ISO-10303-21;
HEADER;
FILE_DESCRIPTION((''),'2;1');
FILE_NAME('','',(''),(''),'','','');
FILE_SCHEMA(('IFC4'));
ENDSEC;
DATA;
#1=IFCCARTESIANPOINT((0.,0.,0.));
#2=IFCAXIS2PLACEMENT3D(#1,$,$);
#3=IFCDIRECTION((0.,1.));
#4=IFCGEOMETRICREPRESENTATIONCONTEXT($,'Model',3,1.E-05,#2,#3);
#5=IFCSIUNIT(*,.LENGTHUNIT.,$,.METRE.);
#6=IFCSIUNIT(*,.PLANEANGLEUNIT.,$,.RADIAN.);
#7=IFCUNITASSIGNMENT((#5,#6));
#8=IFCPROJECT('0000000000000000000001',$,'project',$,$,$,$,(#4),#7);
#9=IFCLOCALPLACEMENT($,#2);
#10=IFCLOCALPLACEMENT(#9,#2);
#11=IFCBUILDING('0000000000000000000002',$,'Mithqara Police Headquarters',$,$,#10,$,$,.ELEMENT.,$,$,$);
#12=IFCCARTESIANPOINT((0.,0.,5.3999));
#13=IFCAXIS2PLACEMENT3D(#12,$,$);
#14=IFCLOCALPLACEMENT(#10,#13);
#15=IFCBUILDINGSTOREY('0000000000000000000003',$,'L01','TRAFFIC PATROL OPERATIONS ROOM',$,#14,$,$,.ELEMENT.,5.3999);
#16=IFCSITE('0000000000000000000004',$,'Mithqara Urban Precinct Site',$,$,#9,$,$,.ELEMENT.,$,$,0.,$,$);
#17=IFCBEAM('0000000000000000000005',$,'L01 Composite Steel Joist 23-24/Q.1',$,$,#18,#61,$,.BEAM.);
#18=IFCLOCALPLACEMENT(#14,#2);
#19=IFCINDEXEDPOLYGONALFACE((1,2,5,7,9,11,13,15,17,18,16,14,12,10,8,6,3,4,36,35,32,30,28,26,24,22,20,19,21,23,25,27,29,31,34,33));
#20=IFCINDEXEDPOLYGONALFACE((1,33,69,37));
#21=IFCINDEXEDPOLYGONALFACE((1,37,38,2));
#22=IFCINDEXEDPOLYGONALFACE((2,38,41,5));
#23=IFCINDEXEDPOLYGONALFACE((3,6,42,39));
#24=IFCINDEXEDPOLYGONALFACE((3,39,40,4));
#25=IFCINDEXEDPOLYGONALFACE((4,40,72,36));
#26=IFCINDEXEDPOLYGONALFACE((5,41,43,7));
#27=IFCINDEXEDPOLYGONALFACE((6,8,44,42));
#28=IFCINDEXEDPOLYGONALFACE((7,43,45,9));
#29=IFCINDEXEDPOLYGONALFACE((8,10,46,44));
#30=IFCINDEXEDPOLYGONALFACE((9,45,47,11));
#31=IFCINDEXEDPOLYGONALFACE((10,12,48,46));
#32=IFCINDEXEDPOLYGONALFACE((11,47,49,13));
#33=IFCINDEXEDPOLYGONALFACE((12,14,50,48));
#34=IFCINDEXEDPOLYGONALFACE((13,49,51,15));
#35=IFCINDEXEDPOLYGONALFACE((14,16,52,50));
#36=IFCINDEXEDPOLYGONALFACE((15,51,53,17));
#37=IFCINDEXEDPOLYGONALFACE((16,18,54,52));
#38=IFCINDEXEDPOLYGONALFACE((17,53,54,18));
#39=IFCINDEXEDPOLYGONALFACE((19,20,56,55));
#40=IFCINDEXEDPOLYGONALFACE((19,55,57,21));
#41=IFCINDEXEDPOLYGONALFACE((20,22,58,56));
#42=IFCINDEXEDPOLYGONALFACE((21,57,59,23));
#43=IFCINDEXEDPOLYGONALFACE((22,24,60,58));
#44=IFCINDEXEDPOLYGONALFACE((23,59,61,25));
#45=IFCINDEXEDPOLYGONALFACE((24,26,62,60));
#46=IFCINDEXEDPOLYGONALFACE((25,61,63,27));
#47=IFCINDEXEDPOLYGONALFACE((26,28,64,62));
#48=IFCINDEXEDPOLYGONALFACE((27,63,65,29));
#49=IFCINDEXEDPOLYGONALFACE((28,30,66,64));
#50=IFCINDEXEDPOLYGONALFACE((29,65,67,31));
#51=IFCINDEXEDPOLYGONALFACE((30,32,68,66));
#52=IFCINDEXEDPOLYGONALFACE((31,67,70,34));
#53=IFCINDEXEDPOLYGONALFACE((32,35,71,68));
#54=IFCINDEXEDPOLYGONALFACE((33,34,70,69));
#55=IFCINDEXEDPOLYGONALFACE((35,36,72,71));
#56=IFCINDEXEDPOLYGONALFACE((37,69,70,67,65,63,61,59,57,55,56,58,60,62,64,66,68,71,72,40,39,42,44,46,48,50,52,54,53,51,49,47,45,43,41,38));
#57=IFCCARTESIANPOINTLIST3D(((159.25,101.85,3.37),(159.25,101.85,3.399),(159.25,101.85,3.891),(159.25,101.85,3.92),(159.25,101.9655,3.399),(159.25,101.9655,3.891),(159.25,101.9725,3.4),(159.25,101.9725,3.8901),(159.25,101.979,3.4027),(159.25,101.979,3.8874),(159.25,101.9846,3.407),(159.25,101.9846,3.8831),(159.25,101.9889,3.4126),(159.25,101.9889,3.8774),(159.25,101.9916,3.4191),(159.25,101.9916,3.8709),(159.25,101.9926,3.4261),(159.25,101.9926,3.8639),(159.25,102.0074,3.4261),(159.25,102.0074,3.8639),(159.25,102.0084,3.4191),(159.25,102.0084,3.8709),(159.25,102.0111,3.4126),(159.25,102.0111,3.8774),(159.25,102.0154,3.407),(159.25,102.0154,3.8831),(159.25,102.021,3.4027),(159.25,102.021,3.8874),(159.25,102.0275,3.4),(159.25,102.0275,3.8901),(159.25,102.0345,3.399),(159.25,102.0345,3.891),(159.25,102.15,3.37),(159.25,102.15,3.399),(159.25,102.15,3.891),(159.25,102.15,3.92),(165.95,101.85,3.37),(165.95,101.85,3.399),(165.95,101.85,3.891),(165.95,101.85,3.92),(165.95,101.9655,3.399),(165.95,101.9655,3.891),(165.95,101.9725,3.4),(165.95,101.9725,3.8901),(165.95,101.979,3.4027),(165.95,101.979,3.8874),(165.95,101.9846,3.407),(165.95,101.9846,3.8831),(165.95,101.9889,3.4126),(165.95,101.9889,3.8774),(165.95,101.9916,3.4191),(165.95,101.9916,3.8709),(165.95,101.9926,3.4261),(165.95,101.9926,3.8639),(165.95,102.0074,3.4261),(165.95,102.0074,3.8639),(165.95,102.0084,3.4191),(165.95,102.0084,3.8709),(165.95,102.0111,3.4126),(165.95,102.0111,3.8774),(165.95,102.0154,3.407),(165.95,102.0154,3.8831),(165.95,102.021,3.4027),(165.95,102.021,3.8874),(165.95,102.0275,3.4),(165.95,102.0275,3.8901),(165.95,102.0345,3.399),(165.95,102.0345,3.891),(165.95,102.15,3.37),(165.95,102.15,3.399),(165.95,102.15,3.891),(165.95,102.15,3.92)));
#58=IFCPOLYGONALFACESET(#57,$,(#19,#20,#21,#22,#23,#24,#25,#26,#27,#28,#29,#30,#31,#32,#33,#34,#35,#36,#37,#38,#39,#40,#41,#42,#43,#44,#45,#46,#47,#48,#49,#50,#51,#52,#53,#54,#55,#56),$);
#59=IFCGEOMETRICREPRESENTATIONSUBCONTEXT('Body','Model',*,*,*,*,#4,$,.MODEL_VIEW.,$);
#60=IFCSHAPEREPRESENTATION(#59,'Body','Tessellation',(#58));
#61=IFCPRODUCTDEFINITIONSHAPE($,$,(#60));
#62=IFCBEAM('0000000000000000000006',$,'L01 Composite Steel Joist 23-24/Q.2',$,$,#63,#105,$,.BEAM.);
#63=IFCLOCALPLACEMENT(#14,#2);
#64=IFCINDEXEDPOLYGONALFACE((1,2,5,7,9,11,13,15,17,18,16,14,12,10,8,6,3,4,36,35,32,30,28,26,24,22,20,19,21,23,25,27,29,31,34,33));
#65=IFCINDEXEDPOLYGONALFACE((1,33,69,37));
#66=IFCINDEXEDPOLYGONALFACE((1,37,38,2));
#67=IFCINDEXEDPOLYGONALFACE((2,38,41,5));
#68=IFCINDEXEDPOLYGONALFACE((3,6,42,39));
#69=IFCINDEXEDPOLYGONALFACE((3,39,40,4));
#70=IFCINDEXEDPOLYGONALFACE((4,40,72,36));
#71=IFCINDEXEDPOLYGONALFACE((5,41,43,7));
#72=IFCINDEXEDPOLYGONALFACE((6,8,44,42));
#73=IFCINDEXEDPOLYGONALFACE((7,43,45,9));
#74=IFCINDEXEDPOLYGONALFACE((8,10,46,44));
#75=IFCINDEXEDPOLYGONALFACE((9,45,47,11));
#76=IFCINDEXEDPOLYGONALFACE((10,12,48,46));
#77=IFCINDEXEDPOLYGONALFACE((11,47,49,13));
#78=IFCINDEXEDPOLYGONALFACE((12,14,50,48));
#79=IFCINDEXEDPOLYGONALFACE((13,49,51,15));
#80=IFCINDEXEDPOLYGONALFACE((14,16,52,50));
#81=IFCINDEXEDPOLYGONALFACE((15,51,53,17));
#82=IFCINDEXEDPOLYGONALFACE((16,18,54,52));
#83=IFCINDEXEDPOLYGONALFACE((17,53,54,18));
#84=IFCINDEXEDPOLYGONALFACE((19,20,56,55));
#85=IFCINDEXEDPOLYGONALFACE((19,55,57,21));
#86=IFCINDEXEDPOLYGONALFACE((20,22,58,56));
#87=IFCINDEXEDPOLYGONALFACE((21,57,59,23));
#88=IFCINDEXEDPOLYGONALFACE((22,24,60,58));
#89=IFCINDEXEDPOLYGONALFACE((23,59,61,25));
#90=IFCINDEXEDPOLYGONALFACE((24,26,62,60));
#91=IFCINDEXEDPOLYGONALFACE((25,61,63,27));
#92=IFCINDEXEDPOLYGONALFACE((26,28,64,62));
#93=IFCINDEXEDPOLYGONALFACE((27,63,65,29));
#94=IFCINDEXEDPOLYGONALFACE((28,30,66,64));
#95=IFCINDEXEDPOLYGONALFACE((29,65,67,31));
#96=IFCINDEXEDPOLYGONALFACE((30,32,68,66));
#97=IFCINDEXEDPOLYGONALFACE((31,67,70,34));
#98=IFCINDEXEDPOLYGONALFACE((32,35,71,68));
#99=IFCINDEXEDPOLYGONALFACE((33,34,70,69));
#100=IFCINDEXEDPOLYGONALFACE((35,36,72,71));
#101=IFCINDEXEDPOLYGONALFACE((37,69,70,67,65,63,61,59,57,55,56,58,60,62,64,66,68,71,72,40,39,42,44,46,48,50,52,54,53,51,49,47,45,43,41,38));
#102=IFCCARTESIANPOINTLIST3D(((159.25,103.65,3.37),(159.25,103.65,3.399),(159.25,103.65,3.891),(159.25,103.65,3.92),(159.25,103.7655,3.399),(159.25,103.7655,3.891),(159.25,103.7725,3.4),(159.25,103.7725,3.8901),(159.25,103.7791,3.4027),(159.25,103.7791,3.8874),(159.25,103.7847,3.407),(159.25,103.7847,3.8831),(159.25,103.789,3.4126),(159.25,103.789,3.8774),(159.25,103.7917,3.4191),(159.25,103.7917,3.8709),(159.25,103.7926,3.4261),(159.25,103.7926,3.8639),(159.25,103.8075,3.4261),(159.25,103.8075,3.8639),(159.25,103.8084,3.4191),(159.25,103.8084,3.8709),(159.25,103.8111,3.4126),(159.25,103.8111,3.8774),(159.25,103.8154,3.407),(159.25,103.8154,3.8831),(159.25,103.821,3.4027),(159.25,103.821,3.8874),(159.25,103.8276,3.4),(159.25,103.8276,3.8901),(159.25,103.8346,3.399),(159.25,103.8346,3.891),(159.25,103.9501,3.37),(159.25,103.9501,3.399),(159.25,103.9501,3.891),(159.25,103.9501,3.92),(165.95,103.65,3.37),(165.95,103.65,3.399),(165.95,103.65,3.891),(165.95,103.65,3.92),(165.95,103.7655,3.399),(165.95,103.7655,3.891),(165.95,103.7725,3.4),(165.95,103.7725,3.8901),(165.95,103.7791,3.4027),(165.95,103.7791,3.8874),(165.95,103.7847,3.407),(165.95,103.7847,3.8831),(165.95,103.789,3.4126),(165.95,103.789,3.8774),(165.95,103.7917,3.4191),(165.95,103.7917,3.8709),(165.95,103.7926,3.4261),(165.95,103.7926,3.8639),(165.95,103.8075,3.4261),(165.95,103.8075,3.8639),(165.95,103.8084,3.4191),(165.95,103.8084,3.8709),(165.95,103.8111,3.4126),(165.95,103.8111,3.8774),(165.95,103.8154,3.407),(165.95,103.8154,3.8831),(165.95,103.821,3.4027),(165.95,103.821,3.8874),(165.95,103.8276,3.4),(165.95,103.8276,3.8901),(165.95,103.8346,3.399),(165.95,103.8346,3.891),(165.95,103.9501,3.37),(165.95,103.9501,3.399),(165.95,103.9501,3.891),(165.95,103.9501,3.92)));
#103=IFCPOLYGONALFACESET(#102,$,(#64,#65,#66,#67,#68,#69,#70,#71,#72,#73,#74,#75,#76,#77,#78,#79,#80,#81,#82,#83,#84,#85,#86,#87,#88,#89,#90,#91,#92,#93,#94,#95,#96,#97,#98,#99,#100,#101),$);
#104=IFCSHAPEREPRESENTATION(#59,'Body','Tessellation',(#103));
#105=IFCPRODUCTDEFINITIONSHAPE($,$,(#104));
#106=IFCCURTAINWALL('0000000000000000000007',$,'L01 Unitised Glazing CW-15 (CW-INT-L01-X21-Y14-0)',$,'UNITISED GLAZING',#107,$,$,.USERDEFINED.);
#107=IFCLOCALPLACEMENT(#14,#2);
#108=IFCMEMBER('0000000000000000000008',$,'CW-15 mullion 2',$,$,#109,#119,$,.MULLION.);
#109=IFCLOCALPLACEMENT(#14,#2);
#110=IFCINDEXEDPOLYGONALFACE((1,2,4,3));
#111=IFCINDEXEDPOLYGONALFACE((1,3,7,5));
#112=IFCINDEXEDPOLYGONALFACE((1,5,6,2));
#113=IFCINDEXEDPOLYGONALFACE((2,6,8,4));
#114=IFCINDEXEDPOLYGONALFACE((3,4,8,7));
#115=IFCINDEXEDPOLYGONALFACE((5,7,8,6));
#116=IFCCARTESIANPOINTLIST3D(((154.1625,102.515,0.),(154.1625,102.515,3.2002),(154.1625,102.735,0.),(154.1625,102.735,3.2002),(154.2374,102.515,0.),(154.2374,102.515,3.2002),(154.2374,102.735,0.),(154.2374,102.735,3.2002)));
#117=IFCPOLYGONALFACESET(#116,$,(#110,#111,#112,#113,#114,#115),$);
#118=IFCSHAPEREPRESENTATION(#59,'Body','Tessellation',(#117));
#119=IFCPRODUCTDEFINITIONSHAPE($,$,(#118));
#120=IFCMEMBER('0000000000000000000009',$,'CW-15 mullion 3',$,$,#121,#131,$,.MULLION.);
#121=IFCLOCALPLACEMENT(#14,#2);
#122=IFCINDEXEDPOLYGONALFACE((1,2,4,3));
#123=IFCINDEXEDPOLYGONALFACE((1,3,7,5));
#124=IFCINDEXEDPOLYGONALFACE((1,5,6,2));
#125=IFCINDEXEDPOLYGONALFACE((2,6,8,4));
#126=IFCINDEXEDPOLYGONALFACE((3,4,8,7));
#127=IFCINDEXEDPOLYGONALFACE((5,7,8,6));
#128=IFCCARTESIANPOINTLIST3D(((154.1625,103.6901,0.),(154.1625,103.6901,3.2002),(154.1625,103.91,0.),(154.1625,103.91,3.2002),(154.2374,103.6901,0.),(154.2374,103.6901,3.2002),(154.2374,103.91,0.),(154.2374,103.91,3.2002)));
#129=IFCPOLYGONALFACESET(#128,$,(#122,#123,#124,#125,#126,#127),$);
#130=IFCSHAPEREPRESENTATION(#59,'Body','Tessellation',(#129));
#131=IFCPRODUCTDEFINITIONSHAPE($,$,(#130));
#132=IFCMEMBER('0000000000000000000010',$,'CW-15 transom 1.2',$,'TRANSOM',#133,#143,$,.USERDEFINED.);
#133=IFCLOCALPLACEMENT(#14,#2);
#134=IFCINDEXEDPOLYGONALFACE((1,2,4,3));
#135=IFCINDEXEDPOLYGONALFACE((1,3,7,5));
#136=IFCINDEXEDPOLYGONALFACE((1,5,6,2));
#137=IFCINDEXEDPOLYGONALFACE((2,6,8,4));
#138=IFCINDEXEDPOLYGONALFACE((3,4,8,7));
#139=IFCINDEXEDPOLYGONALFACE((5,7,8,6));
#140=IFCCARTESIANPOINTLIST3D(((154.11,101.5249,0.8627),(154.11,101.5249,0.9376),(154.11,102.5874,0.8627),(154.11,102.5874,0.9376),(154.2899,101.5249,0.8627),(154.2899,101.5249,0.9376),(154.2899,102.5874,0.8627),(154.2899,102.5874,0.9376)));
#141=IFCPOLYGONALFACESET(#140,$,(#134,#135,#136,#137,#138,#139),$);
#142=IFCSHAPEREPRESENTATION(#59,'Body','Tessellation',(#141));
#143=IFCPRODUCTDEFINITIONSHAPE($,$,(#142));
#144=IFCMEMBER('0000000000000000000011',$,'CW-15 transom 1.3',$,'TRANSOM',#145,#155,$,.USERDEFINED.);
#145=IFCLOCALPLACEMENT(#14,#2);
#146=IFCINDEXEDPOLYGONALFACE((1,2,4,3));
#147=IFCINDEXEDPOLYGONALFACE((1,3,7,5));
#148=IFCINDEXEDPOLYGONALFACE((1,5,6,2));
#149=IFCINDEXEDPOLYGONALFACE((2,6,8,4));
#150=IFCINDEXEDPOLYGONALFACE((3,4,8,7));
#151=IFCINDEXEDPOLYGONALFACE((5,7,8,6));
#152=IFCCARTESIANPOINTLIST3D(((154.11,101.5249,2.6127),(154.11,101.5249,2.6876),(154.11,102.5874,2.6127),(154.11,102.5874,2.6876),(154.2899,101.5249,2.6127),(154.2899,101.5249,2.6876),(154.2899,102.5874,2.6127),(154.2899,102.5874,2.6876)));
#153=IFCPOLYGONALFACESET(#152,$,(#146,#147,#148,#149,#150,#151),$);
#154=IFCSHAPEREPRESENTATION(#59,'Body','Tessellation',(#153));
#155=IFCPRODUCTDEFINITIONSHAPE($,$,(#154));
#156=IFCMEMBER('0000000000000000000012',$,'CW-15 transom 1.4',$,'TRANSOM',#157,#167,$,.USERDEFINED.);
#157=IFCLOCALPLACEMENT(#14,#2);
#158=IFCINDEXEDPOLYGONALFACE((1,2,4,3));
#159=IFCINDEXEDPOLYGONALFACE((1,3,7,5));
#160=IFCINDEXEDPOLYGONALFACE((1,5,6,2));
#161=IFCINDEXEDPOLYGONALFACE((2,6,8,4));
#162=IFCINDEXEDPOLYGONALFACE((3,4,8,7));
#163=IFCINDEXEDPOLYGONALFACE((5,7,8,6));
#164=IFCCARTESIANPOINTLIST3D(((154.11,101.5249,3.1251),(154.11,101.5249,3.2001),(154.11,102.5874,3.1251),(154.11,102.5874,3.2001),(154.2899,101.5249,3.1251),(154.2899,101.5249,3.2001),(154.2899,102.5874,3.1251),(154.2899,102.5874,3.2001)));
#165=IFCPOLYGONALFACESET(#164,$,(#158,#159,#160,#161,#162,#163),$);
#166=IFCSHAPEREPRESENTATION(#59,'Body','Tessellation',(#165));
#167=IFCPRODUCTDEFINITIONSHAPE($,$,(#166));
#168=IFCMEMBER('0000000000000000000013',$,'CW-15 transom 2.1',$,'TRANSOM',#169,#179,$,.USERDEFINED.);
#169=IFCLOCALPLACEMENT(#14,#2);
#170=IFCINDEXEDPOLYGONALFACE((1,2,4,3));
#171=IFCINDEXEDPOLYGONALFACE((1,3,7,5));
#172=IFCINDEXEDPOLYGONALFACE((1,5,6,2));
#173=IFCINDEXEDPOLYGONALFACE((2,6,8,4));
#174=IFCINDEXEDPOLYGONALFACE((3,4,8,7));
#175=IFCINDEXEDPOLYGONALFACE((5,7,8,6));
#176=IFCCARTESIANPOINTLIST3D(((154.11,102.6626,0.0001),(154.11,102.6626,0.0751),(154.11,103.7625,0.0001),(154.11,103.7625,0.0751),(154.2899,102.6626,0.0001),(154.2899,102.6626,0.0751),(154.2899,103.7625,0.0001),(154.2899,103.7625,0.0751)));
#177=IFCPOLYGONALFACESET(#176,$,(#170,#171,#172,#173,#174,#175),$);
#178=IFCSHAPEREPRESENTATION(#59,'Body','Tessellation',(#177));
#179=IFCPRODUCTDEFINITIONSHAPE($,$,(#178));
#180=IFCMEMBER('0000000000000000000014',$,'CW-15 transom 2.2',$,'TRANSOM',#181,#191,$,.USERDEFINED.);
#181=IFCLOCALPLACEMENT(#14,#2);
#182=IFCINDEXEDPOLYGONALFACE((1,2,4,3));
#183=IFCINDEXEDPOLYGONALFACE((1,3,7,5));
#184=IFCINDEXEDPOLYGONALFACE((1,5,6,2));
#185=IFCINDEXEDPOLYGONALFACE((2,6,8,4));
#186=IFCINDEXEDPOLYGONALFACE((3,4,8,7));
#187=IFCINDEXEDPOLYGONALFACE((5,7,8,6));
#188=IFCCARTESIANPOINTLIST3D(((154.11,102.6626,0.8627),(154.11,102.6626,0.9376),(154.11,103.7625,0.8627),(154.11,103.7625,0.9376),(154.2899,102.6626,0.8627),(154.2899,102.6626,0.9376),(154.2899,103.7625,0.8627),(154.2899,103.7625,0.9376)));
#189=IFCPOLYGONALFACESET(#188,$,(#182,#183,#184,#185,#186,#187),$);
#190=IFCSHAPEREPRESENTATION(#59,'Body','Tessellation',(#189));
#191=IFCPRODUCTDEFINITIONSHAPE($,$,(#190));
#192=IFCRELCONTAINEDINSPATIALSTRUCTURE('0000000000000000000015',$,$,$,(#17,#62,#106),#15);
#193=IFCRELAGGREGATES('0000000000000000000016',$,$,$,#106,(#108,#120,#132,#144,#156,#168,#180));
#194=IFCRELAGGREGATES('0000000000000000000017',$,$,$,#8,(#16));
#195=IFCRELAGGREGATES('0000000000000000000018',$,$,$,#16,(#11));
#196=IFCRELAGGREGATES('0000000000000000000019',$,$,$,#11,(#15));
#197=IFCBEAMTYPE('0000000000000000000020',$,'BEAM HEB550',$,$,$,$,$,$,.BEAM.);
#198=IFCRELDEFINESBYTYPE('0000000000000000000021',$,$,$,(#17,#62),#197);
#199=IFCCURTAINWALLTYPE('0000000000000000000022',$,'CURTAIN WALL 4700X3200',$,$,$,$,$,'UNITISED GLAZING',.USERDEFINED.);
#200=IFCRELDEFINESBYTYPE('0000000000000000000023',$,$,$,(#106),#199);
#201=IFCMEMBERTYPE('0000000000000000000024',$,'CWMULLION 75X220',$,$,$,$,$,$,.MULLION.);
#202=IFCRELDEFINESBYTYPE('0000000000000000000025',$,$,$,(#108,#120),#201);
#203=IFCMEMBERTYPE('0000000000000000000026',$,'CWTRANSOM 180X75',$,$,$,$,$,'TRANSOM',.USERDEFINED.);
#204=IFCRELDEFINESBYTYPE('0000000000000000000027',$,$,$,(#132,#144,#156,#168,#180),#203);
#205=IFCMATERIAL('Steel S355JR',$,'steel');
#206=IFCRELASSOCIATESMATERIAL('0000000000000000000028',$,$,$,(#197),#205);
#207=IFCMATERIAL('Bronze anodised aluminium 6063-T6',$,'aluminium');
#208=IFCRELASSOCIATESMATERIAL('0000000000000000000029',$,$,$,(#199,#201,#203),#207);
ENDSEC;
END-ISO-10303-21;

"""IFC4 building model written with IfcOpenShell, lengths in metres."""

from ifc_helpers import new_model, si_unit, direction, frame, origin, origin_2d, place, context, subcontext, project, spatial, rectangle, i_section, extrude, material, material_profile, profile_set, type_object, element, aggregate, save


model = new_model("IFC4")

# Units and contexts
model_context = context("Model", 3, precision=1e-05, world=origin(), true_north=direction((0.0, 1.0)))
body_context = subcontext(model_context, "Body", "Model", "MODEL_VIEW")
ifc_project = project(units=[si_unit("LENGTHUNIT", "METRE"), si_unit("PLANEANGLEUNIT", "RADIAN")], contexts=[model_context])

# Site, building, storey
site_placement = place(None, origin())
site = spatial("IfcSite", under=ifc_project, at=site_placement, Name="Mithqara Urban Precinct Site", CompositionType="ELEMENT", RefElevation=0.0)
building_placement = place(site_placement, origin())
building = spatial("IfcBuilding", under=site, at=building_placement, Name="Mithqara Police Headquarters", CompositionType="ELEMENT")
storey_placement = place(building_placement, frame((0.0, 0.0, 5.3999)))
storey = spatial("IfcBuildingStorey", under=building, at=storey_placement, Name="L01", Description="TRAFFIC PATROL OPERATIONS ROOM", CompositionType="ELEMENT", Elevation=5.3999)

# Beams
ifc_material_1 = material(Name="Steel S355JR", Category="steel")
ifc_material_profile_1 = material_profile(ifc_material_1, i_section(OverallWidth=0.3, OverallDepth=0.55, WebThickness=0.0149, FlangeThickness=0.0291, FilletRadius=0.0271, at=origin_2d()), Name="HEB 550")
ifc_profile_set_1 = profile_set([ifc_material_profile_1], Name="Steel S355JR")
beam_type = type_object("IfcBeamType", Name="BEAM HEB550", PredefinedType="BEAM", material=ifc_profile_set_1)
for number, where, z_axis, x_axis, name in (
    (1, (159.25, 102.0, 3.645), (1.0, 0.0, 0.0), (0.0, 1.0, 0.0), "L01 Composite Steel Joist 23-24/Q.1"),
    (2, (159.25, 103.8, 3.645), (1.0, 0.0, 0.0), (0.0, 1.0, 0.0), "L01 Composite Steel Joist 23-24/Q.2"),
):
    element("IfcBeam", number, at=place(storey_placement, frame(where, z_axis=z_axis, x_axis=x_axis)), inside=storey, type_object=beam_type, Name=name, PredefinedType="BEAM", context=body_context, shape_type="SweptSolid", body=[
        extrude(i_section(OverallWidth=0.3, OverallDepth=0.55, WebThickness=0.0149, FlangeThickness=0.0291, FilletRadius=0.0271, at=origin_2d()), origin(), (0.0, 0.0, 1.0), 6.7),
    ])

# Curtain wall, members
ifc_material_2 = material(Name="Bronze anodised aluminium 6063-T6", Category="aluminium")
curtain_wall_type = type_object("IfcCurtainWallType", Name="CURTAIN WALL 4700X3200", ElementType="UNITISED GLAZING", PredefinedType="USERDEFINED", material=ifc_material_2)
curtain_wall_placement = place(storey_placement, origin())
curtain_wall = element("IfcCurtainWall", 3, at=curtain_wall_placement, inside=storey, type_object=curtain_wall_type, Name="L01 Unitised Glazing CW-15 (CW-INT-L01-X21-Y14-0)", ObjectType="UNITISED GLAZING", PredefinedType="USERDEFINED")
ifc_material_profile_2 = material_profile(ifc_material_2, rectangle(XDim=0.075, YDim=0.22, at=origin_2d()), Name="CWM 75x220")
ifc_profile_set_2 = profile_set([ifc_material_profile_2], Name="Bronze anodised aluminium 6063-T6")
member_type_1 = type_object("IfcMemberType", Name="CWMULLION 75X220", PredefinedType="MULLION", material=ifc_profile_set_2)
member_1_placement = place(storey_placement, frame((154.2, 102.625, 0.0), z_axis=(0.0, 0.0, 1.0), x_axis=(-1.0, 0.0, 0.0)))
member_1 = element("IfcMember", 4, at=member_1_placement, type_object=member_type_1, Name="CW-15 mullion 2", PredefinedType="MULLION", context=body_context, shape_type="SweptSolid", body=[
    extrude(rectangle(XDim=0.075, YDim=0.22, at=origin_2d()), origin(), (0.0, 0.0, 1.0), 3.2002),
])
member_2_placement = place(storey_placement, frame((154.2, 103.8, 0.0), z_axis=(0.0, 0.0, 1.0), x_axis=(-1.0, 0.0, 0.0)))
member_2 = element("IfcMember", 5, at=member_2_placement, type_object=member_type_1, Name="CW-15 mullion 3", PredefinedType="MULLION", context=body_context, shape_type="SweptSolid", body=[
    extrude(rectangle(XDim=0.075, YDim=0.22, at=origin_2d()), origin(), (0.0, 0.0, 1.0), 3.2002),
])
ifc_material_profile_3 = material_profile(ifc_material_2, rectangle(XDim=0.1799, YDim=0.075, at=origin_2d()), Name="CWT 180x75")
ifc_profile_set_3 = profile_set([ifc_material_profile_3], Name="Bronze anodised aluminium 6063-T6")
member_type_2 = type_object("IfcMemberType", Name="CWTRANSOM 180X75", ElementType="TRANSOM", PredefinedType="USERDEFINED", material=ifc_profile_set_3)
member_3_placement = place(storey_placement, frame((154.2, 101.5249, 0.9001), z_axis=(0.0, 1.0, 0.0), x_axis=(-1.0, 0.0, 0.0)))
member_3 = element("IfcMember", 6, at=member_3_placement, type_object=member_type_2, Name="CW-15 transom 1.2", ObjectType="TRANSOM", PredefinedType="USERDEFINED", context=body_context, shape_type="SweptSolid", body=[
    extrude(rectangle(XDim=0.1799, YDim=0.075, at=origin_2d()), origin(), (0.0, 0.0, 1.0), 1.0625),
])
member_4_placement = place(storey_placement, frame((154.2, 101.5249, 2.6501), z_axis=(0.0, 1.0, 0.0), x_axis=(-1.0, 0.0, 0.0)))
member_4 = element("IfcMember", 7, at=member_4_placement, type_object=member_type_2, Name="CW-15 transom 1.3", ObjectType="TRANSOM", PredefinedType="USERDEFINED", context=body_context, shape_type="SweptSolid", body=[
    extrude(rectangle(XDim=0.1799, YDim=0.075, at=origin_2d()), origin(), (0.0, 0.0, 1.0), 1.0625),
])
member_5_placement = place(storey_placement, frame((154.2, 101.5249, 3.1626), z_axis=(0.0, 1.0, 0.0), x_axis=(-1.0, 0.0, 0.0)))
member_5 = element("IfcMember", 8, at=member_5_placement, type_object=member_type_2, Name="CW-15 transom 1.4", ObjectType="TRANSOM", PredefinedType="USERDEFINED", context=body_context, shape_type="SweptSolid", body=[
    extrude(rectangle(XDim=0.1799, YDim=0.075, at=origin_2d()), origin(), (0.0, 0.0, 1.0), 1.0625),
])
member_6_placement = place(storey_placement, frame((154.2, 102.6626, 0.0376), z_axis=(0.0, 1.0, 0.0), x_axis=(-1.0, 0.0, 0.0)))
member_6 = element("IfcMember", 9, at=member_6_placement, type_object=member_type_2, Name="CW-15 transom 2.1", ObjectType="TRANSOM", PredefinedType="USERDEFINED", context=body_context, shape_type="SweptSolid", body=[
    extrude(rectangle(XDim=0.1799, YDim=0.075, at=origin_2d()), origin(), (0.0, 0.0, 1.0), 1.0999),
])
member_7_placement = place(storey_placement, frame((154.2, 102.6626, 0.9001), z_axis=(0.0, 1.0, 0.0), x_axis=(-1.0, 0.0, 0.0)))
member_7 = element("IfcMember", 10, at=member_7_placement, type_object=member_type_2, Name="CW-15 transom 2.2", ObjectType="TRANSOM", PredefinedType="USERDEFINED", context=body_context, shape_type="SweptSolid", body=[
    extrude(rectangle(XDim=0.1799, YDim=0.075, at=origin_2d()), origin(), (0.0, 0.0, 1.0), 1.0999),
])
aggregate(curtain_wall, [member_1, member_2, member_3, member_4, member_5, member_6, member_7])

save(model, "model.ifc")
